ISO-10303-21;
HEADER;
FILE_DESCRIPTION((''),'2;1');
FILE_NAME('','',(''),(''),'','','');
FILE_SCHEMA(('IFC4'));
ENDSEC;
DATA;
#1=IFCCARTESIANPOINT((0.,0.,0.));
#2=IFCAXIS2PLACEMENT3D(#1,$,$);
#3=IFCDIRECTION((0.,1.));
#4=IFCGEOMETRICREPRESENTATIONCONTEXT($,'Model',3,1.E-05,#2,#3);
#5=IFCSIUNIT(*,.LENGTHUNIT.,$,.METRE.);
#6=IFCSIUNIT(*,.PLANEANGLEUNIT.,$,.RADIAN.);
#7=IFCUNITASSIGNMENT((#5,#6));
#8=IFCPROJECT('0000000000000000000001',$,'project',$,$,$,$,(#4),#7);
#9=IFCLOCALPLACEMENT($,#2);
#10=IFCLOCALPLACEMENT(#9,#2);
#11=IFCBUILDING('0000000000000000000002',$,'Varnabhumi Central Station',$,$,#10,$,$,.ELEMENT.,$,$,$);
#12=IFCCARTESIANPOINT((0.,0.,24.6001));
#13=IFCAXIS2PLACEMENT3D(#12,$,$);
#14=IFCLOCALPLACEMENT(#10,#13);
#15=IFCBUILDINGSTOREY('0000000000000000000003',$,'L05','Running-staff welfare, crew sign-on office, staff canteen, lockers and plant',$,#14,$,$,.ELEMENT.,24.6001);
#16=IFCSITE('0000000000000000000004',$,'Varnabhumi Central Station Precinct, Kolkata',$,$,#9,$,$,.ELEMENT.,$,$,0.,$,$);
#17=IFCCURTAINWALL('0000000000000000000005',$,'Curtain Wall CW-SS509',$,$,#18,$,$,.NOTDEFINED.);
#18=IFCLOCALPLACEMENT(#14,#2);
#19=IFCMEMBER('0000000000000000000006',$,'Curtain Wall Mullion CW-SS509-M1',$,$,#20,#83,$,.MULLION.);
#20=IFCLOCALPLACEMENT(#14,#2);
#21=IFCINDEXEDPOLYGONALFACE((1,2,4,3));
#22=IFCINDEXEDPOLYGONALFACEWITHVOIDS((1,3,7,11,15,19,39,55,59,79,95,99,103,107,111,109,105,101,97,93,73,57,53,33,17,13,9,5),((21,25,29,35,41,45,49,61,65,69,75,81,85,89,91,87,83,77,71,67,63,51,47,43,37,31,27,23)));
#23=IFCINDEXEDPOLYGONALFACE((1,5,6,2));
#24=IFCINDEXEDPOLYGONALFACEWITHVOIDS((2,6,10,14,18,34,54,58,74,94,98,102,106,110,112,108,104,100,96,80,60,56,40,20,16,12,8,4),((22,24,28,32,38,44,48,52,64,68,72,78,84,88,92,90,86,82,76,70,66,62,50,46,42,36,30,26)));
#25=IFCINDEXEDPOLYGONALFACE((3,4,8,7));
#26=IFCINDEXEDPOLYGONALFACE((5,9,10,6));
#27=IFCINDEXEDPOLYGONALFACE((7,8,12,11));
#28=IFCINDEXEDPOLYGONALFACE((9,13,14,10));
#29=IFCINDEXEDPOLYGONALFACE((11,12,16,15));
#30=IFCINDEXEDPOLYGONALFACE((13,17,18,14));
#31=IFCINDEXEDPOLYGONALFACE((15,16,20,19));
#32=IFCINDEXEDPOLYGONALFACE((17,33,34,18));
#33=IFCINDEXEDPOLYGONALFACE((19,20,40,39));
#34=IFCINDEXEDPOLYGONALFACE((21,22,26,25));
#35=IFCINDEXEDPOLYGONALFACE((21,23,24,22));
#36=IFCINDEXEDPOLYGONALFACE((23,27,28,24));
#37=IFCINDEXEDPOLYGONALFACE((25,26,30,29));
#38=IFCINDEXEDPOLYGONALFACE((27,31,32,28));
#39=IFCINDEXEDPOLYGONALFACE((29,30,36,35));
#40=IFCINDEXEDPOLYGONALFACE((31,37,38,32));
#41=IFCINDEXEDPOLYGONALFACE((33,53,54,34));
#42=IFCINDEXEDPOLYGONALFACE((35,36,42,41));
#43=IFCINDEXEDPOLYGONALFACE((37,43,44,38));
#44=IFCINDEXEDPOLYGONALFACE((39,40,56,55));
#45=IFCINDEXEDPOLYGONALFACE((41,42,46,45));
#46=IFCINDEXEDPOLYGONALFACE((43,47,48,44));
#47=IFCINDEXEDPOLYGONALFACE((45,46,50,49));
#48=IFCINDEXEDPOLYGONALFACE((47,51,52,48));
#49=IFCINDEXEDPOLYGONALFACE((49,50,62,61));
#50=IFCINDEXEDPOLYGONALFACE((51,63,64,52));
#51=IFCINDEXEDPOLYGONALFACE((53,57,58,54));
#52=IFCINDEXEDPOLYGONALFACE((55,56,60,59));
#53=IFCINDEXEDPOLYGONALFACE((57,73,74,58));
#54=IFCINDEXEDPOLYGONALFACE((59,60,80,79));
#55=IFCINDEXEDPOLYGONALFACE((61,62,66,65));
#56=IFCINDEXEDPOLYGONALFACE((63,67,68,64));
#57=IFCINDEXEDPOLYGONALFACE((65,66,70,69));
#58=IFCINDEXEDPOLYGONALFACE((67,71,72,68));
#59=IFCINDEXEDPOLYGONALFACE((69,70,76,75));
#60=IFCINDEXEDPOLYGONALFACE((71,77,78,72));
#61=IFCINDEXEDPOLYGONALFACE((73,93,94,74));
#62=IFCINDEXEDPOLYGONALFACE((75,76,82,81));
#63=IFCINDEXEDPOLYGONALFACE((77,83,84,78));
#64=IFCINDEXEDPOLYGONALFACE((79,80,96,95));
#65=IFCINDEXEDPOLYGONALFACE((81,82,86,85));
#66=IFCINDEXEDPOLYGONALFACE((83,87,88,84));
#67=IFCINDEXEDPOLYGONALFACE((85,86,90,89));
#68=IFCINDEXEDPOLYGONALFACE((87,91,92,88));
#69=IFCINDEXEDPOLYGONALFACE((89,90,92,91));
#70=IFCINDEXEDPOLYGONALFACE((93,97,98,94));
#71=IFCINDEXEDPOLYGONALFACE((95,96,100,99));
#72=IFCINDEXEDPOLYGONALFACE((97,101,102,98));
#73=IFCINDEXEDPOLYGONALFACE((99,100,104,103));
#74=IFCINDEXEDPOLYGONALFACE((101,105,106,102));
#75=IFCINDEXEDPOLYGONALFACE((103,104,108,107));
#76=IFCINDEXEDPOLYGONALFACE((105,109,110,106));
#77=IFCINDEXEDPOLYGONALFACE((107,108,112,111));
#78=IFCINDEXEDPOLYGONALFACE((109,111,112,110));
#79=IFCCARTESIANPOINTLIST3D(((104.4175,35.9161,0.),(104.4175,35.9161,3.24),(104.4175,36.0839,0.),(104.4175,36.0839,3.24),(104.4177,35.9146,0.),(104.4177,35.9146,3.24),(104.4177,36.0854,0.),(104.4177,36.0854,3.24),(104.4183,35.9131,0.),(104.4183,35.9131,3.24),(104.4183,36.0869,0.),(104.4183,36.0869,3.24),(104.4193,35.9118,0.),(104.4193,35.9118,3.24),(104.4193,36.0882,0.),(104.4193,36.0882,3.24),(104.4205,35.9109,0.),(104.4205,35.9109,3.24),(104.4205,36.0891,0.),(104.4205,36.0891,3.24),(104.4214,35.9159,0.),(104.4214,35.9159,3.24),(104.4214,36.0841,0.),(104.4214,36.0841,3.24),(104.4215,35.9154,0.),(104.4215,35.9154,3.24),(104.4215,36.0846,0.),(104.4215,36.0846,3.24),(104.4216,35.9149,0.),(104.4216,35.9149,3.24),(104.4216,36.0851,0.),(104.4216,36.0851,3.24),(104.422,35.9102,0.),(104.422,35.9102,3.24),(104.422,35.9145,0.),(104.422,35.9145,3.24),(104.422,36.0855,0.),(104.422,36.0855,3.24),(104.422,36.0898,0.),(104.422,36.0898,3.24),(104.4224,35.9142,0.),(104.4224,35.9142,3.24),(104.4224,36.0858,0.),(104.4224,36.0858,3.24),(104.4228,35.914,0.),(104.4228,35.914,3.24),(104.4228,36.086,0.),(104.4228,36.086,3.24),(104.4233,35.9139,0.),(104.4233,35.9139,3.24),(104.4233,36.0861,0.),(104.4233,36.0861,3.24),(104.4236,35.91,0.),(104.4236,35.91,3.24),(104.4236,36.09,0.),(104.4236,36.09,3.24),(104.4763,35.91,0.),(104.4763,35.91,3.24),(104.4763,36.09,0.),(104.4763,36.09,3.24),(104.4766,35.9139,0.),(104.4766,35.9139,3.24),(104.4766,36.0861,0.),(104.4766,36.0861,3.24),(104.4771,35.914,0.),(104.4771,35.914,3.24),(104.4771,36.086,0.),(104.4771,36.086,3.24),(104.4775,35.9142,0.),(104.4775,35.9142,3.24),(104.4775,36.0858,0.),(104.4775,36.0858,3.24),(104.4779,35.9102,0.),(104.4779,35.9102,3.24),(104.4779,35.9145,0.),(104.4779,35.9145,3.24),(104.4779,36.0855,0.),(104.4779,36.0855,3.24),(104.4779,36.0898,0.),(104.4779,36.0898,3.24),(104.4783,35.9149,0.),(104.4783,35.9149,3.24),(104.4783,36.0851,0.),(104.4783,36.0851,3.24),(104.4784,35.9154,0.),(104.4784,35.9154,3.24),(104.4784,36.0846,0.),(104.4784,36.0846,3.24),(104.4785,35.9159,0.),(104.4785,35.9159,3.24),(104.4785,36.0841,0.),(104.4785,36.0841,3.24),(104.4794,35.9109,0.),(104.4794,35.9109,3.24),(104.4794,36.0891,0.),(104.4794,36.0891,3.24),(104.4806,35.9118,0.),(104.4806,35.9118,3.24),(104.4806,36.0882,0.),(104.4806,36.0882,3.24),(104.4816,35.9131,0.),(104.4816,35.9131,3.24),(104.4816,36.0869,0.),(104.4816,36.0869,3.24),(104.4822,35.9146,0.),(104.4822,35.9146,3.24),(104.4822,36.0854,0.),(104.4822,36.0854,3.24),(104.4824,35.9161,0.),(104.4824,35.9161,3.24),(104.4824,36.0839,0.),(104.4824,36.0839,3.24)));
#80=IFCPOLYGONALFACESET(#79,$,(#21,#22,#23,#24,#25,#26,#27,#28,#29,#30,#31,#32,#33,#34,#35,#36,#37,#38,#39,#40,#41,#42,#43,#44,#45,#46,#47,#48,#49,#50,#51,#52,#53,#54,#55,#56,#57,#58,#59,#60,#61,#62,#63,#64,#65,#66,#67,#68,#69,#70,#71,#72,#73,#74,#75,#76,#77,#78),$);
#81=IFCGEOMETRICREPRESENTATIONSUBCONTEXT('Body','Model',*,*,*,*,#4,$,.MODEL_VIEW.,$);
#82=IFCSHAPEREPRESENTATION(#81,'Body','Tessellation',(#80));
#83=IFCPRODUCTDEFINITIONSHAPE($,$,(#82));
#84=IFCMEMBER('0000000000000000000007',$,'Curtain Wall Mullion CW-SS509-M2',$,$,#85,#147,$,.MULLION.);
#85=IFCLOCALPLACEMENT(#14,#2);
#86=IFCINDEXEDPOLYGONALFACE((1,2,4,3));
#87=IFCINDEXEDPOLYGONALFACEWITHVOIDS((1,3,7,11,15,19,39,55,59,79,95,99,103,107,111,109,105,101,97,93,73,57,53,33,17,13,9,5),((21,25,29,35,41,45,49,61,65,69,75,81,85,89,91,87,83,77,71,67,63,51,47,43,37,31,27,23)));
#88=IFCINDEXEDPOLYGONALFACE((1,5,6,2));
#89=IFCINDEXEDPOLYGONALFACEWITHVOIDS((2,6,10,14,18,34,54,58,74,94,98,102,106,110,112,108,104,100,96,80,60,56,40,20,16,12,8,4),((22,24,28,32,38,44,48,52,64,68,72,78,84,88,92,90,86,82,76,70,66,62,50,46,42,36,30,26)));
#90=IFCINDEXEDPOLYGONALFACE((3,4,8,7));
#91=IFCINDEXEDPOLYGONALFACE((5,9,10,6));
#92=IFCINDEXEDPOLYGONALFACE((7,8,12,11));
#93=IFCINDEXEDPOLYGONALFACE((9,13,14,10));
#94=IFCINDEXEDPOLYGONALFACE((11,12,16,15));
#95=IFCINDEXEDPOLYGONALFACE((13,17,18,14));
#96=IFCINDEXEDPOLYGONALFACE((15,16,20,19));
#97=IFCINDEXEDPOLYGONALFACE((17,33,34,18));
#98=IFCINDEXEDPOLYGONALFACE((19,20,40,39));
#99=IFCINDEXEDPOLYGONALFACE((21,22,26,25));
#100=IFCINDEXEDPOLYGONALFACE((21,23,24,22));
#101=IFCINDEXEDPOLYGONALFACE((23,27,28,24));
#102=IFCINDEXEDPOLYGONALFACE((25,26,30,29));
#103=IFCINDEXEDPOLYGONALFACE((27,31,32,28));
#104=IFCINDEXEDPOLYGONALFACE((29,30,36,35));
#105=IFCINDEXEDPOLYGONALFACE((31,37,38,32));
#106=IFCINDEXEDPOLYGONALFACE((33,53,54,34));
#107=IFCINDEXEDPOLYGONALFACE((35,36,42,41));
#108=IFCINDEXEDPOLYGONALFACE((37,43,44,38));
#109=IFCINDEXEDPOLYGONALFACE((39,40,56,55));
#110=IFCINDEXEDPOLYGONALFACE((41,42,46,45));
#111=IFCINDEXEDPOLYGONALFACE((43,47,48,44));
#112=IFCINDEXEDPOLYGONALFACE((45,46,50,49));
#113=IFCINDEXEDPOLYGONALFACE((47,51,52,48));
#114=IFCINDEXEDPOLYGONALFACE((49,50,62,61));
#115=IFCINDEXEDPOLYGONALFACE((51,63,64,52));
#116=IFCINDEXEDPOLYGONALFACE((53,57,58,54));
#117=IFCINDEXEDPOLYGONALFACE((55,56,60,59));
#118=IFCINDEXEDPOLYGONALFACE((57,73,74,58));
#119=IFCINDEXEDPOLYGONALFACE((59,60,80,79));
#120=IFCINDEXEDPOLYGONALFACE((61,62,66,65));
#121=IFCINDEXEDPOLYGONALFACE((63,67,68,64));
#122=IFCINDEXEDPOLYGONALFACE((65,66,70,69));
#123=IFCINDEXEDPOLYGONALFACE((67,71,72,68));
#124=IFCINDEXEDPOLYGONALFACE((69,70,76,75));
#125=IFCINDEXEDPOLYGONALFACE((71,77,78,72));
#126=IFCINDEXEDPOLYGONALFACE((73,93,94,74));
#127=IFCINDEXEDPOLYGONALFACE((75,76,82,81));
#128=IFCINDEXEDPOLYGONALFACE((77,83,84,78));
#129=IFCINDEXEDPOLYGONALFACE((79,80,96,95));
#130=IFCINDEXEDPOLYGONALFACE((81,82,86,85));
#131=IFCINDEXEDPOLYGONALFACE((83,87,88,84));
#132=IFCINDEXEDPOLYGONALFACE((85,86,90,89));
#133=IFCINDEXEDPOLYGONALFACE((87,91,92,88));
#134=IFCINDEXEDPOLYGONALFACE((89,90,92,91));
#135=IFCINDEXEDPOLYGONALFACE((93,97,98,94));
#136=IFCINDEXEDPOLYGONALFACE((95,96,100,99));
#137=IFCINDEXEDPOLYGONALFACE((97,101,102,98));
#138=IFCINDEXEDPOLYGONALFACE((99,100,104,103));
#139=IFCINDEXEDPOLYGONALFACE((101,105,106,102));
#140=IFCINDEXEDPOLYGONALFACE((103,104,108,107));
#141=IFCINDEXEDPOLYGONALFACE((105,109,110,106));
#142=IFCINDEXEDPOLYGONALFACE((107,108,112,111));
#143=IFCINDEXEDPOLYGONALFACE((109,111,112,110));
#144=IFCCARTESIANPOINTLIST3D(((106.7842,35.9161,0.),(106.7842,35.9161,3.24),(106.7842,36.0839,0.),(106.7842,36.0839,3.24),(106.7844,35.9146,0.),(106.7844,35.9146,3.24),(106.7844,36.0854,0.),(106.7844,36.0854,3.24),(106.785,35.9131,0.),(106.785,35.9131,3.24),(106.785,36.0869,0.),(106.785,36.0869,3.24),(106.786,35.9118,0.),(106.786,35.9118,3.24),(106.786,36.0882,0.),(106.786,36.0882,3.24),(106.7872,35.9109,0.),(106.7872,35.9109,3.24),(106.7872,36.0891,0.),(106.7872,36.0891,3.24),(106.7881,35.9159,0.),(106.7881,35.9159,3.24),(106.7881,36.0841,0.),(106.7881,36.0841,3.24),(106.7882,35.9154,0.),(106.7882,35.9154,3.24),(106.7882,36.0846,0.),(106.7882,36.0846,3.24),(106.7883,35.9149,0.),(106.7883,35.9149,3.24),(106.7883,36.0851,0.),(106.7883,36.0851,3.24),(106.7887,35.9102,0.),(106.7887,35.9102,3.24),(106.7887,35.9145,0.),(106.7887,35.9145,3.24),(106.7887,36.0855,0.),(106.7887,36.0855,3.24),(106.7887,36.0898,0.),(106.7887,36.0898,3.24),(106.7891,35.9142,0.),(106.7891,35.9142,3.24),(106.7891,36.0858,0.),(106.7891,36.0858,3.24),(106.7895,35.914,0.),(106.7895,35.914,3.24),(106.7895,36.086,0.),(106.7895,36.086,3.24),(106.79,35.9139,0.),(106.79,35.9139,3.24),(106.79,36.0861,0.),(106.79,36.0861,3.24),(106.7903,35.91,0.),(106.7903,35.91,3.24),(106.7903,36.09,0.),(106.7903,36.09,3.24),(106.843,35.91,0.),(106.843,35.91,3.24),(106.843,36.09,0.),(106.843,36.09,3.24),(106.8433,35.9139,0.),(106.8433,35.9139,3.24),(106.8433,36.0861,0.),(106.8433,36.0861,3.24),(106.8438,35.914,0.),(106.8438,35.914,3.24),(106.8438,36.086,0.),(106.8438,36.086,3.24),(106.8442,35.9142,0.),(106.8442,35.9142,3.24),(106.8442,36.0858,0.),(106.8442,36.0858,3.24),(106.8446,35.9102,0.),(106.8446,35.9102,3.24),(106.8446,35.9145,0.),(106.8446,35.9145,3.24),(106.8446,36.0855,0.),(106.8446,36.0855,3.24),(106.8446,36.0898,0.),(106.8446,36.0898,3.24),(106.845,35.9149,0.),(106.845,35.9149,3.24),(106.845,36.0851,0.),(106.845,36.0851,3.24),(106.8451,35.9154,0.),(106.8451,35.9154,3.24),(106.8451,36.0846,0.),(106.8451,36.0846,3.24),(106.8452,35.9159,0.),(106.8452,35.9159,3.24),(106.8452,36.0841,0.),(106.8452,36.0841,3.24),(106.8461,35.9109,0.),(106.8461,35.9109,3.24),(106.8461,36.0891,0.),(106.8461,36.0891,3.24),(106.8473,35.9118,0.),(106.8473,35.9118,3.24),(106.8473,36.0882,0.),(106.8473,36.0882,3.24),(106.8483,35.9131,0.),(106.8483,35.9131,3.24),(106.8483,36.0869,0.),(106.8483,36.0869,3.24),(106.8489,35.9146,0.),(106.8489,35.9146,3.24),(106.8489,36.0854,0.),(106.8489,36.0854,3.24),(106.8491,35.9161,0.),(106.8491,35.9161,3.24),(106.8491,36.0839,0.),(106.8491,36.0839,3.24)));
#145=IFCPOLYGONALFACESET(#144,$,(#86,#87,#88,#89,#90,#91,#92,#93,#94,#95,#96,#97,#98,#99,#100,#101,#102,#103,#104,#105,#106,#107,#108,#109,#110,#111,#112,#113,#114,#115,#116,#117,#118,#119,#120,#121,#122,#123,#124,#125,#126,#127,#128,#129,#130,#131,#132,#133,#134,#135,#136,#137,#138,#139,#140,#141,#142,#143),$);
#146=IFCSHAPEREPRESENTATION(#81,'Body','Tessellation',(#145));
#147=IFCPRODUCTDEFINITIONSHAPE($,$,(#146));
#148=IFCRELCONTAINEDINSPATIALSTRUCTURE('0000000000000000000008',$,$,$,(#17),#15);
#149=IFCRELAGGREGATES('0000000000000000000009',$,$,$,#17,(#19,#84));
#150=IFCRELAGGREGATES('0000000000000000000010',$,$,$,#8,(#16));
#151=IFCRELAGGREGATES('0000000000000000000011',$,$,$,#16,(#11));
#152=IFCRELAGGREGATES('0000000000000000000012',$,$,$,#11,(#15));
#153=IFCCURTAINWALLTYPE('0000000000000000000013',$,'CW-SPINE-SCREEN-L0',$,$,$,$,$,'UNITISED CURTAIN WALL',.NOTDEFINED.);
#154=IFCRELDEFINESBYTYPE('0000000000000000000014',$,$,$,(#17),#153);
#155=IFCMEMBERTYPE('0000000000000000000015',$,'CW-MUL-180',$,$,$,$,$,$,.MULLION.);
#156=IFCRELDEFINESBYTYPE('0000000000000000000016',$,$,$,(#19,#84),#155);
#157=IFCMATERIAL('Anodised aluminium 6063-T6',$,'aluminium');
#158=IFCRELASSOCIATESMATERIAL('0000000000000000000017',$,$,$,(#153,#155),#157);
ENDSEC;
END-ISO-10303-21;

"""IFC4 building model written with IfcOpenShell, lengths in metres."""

from ifc_helpers import new_model, si_unit, direction, frame, origin, origin_2d, place, context, subcontext, project, spatial, hollow_rectangle, extrude, material, material_profile, profile_set, type_object, element, aggregate, save


model = new_model("IFC4")

# Units and contexts
model_context = context("Model", 3, precision=1e-05, world=origin(), true_north=direction((0.0, 1.0)))
body_context = subcontext(model_context, "Body", "Model", "MODEL_VIEW")
ifc_project = project(units=[si_unit("LENGTHUNIT", "METRE"), si_unit("PLANEANGLEUNIT", "RADIAN")], contexts=[model_context])

# Site, building, storey
site_placement = place(None, origin())
site = spatial("IfcSite", under=ifc_project, at=site_placement, Name="Varnabhumi Central Station Precinct, Kolkata", CompositionType="ELEMENT", RefElevation=0.0)
building_placement = place(site_placement, origin())
building = spatial("IfcBuilding", under=site, at=building_placement, Name="Varnabhumi Central Station", CompositionType="ELEMENT")
storey_placement = place(building_placement, frame((0.0, 0.0, 24.6001)))
storey = spatial("IfcBuildingStorey", under=building, at=storey_placement, Name="L05", Description="Running-staff welfare, crew sign-on office, staff canteen, lockers and plant", CompositionType="ELEMENT", Elevation=24.6001)

# Curtain wall, members
ifc_material_1 = material(Name="Anodised aluminium 6063-T6", Category="aluminium")
curtain_wall_type = type_object("IfcCurtainWallType", Name="CW-SPINE-SCREEN-L0", ElementType="UNITISED CURTAIN WALL", PredefinedType="NOTDEFINED", material=ifc_material_1)
curtain_wall_placement = place(storey_placement, origin())
curtain_wall = element("IfcCurtainWall", 1, at=curtain_wall_placement, inside=storey, type_object=curtain_wall_type, Name="Curtain Wall CW-SS509", PredefinedType="NOTDEFINED")
ifc_material_profile_1 = material_profile(ifc_material_1, hollow_rectangle(XDim=0.0649, YDim=0.1799, WallThickness=0.0039, InnerFilletRadius=0.002, OuterFilletRadius=0.0061, at=origin_2d()), Name="Anodised aluminium 6063-T6", Category="aluminium")
ifc_profile_set_1 = profile_set([ifc_material_profile_1], Name="Anodised aluminium 6063-T6")
member_type_1 = type_object("IfcMemberType", Name="CW-MUL-180", PredefinedType="MULLION", material=ifc_profile_set_1)
member_1_placement = place(storey_placement, frame((104.45, 36.0, 0.0), z_axis=(0.0, 0.0, 1.0), x_axis=(1.0, 0.0, 0.0)))
member_1 = element("IfcMember", 2, at=member_1_placement, type_object=member_type_1, Name="Curtain Wall Mullion CW-SS509-M1", PredefinedType="MULLION", context=body_context, shape_type="SweptSolid", body=[
    extrude(hollow_rectangle(XDim=0.0649, YDim=0.1799, WallThickness=0.0039, InnerFilletRadius=0.002, OuterFilletRadius=0.0061, at=origin_2d()), origin(), (0.0, 0.0, 1.0), 3.24),
])
member_2_placement = place(storey_placement, frame((106.8167, 36.0, 0.0), z_axis=(0.0, 0.0, 1.0), x_axis=(1.0, 0.0, 0.0)))
member_2 = element("IfcMember", 3, at=member_2_placement, type_object=member_type_1, Name="Curtain Wall Mullion CW-SS509-M2", PredefinedType="MULLION", context=body_context, shape_type="SweptSolid", body=[
    extrude(hollow_rectangle(XDim=0.0649, YDim=0.1799, WallThickness=0.0039, InnerFilletRadius=0.002, OuterFilletRadius=0.0061, at=origin_2d()), origin(), (0.0, 0.0, 1.0), 3.24),
])

aggregate(curtain_wall, [member_1, member_2])

save(model, "model.ifc")
